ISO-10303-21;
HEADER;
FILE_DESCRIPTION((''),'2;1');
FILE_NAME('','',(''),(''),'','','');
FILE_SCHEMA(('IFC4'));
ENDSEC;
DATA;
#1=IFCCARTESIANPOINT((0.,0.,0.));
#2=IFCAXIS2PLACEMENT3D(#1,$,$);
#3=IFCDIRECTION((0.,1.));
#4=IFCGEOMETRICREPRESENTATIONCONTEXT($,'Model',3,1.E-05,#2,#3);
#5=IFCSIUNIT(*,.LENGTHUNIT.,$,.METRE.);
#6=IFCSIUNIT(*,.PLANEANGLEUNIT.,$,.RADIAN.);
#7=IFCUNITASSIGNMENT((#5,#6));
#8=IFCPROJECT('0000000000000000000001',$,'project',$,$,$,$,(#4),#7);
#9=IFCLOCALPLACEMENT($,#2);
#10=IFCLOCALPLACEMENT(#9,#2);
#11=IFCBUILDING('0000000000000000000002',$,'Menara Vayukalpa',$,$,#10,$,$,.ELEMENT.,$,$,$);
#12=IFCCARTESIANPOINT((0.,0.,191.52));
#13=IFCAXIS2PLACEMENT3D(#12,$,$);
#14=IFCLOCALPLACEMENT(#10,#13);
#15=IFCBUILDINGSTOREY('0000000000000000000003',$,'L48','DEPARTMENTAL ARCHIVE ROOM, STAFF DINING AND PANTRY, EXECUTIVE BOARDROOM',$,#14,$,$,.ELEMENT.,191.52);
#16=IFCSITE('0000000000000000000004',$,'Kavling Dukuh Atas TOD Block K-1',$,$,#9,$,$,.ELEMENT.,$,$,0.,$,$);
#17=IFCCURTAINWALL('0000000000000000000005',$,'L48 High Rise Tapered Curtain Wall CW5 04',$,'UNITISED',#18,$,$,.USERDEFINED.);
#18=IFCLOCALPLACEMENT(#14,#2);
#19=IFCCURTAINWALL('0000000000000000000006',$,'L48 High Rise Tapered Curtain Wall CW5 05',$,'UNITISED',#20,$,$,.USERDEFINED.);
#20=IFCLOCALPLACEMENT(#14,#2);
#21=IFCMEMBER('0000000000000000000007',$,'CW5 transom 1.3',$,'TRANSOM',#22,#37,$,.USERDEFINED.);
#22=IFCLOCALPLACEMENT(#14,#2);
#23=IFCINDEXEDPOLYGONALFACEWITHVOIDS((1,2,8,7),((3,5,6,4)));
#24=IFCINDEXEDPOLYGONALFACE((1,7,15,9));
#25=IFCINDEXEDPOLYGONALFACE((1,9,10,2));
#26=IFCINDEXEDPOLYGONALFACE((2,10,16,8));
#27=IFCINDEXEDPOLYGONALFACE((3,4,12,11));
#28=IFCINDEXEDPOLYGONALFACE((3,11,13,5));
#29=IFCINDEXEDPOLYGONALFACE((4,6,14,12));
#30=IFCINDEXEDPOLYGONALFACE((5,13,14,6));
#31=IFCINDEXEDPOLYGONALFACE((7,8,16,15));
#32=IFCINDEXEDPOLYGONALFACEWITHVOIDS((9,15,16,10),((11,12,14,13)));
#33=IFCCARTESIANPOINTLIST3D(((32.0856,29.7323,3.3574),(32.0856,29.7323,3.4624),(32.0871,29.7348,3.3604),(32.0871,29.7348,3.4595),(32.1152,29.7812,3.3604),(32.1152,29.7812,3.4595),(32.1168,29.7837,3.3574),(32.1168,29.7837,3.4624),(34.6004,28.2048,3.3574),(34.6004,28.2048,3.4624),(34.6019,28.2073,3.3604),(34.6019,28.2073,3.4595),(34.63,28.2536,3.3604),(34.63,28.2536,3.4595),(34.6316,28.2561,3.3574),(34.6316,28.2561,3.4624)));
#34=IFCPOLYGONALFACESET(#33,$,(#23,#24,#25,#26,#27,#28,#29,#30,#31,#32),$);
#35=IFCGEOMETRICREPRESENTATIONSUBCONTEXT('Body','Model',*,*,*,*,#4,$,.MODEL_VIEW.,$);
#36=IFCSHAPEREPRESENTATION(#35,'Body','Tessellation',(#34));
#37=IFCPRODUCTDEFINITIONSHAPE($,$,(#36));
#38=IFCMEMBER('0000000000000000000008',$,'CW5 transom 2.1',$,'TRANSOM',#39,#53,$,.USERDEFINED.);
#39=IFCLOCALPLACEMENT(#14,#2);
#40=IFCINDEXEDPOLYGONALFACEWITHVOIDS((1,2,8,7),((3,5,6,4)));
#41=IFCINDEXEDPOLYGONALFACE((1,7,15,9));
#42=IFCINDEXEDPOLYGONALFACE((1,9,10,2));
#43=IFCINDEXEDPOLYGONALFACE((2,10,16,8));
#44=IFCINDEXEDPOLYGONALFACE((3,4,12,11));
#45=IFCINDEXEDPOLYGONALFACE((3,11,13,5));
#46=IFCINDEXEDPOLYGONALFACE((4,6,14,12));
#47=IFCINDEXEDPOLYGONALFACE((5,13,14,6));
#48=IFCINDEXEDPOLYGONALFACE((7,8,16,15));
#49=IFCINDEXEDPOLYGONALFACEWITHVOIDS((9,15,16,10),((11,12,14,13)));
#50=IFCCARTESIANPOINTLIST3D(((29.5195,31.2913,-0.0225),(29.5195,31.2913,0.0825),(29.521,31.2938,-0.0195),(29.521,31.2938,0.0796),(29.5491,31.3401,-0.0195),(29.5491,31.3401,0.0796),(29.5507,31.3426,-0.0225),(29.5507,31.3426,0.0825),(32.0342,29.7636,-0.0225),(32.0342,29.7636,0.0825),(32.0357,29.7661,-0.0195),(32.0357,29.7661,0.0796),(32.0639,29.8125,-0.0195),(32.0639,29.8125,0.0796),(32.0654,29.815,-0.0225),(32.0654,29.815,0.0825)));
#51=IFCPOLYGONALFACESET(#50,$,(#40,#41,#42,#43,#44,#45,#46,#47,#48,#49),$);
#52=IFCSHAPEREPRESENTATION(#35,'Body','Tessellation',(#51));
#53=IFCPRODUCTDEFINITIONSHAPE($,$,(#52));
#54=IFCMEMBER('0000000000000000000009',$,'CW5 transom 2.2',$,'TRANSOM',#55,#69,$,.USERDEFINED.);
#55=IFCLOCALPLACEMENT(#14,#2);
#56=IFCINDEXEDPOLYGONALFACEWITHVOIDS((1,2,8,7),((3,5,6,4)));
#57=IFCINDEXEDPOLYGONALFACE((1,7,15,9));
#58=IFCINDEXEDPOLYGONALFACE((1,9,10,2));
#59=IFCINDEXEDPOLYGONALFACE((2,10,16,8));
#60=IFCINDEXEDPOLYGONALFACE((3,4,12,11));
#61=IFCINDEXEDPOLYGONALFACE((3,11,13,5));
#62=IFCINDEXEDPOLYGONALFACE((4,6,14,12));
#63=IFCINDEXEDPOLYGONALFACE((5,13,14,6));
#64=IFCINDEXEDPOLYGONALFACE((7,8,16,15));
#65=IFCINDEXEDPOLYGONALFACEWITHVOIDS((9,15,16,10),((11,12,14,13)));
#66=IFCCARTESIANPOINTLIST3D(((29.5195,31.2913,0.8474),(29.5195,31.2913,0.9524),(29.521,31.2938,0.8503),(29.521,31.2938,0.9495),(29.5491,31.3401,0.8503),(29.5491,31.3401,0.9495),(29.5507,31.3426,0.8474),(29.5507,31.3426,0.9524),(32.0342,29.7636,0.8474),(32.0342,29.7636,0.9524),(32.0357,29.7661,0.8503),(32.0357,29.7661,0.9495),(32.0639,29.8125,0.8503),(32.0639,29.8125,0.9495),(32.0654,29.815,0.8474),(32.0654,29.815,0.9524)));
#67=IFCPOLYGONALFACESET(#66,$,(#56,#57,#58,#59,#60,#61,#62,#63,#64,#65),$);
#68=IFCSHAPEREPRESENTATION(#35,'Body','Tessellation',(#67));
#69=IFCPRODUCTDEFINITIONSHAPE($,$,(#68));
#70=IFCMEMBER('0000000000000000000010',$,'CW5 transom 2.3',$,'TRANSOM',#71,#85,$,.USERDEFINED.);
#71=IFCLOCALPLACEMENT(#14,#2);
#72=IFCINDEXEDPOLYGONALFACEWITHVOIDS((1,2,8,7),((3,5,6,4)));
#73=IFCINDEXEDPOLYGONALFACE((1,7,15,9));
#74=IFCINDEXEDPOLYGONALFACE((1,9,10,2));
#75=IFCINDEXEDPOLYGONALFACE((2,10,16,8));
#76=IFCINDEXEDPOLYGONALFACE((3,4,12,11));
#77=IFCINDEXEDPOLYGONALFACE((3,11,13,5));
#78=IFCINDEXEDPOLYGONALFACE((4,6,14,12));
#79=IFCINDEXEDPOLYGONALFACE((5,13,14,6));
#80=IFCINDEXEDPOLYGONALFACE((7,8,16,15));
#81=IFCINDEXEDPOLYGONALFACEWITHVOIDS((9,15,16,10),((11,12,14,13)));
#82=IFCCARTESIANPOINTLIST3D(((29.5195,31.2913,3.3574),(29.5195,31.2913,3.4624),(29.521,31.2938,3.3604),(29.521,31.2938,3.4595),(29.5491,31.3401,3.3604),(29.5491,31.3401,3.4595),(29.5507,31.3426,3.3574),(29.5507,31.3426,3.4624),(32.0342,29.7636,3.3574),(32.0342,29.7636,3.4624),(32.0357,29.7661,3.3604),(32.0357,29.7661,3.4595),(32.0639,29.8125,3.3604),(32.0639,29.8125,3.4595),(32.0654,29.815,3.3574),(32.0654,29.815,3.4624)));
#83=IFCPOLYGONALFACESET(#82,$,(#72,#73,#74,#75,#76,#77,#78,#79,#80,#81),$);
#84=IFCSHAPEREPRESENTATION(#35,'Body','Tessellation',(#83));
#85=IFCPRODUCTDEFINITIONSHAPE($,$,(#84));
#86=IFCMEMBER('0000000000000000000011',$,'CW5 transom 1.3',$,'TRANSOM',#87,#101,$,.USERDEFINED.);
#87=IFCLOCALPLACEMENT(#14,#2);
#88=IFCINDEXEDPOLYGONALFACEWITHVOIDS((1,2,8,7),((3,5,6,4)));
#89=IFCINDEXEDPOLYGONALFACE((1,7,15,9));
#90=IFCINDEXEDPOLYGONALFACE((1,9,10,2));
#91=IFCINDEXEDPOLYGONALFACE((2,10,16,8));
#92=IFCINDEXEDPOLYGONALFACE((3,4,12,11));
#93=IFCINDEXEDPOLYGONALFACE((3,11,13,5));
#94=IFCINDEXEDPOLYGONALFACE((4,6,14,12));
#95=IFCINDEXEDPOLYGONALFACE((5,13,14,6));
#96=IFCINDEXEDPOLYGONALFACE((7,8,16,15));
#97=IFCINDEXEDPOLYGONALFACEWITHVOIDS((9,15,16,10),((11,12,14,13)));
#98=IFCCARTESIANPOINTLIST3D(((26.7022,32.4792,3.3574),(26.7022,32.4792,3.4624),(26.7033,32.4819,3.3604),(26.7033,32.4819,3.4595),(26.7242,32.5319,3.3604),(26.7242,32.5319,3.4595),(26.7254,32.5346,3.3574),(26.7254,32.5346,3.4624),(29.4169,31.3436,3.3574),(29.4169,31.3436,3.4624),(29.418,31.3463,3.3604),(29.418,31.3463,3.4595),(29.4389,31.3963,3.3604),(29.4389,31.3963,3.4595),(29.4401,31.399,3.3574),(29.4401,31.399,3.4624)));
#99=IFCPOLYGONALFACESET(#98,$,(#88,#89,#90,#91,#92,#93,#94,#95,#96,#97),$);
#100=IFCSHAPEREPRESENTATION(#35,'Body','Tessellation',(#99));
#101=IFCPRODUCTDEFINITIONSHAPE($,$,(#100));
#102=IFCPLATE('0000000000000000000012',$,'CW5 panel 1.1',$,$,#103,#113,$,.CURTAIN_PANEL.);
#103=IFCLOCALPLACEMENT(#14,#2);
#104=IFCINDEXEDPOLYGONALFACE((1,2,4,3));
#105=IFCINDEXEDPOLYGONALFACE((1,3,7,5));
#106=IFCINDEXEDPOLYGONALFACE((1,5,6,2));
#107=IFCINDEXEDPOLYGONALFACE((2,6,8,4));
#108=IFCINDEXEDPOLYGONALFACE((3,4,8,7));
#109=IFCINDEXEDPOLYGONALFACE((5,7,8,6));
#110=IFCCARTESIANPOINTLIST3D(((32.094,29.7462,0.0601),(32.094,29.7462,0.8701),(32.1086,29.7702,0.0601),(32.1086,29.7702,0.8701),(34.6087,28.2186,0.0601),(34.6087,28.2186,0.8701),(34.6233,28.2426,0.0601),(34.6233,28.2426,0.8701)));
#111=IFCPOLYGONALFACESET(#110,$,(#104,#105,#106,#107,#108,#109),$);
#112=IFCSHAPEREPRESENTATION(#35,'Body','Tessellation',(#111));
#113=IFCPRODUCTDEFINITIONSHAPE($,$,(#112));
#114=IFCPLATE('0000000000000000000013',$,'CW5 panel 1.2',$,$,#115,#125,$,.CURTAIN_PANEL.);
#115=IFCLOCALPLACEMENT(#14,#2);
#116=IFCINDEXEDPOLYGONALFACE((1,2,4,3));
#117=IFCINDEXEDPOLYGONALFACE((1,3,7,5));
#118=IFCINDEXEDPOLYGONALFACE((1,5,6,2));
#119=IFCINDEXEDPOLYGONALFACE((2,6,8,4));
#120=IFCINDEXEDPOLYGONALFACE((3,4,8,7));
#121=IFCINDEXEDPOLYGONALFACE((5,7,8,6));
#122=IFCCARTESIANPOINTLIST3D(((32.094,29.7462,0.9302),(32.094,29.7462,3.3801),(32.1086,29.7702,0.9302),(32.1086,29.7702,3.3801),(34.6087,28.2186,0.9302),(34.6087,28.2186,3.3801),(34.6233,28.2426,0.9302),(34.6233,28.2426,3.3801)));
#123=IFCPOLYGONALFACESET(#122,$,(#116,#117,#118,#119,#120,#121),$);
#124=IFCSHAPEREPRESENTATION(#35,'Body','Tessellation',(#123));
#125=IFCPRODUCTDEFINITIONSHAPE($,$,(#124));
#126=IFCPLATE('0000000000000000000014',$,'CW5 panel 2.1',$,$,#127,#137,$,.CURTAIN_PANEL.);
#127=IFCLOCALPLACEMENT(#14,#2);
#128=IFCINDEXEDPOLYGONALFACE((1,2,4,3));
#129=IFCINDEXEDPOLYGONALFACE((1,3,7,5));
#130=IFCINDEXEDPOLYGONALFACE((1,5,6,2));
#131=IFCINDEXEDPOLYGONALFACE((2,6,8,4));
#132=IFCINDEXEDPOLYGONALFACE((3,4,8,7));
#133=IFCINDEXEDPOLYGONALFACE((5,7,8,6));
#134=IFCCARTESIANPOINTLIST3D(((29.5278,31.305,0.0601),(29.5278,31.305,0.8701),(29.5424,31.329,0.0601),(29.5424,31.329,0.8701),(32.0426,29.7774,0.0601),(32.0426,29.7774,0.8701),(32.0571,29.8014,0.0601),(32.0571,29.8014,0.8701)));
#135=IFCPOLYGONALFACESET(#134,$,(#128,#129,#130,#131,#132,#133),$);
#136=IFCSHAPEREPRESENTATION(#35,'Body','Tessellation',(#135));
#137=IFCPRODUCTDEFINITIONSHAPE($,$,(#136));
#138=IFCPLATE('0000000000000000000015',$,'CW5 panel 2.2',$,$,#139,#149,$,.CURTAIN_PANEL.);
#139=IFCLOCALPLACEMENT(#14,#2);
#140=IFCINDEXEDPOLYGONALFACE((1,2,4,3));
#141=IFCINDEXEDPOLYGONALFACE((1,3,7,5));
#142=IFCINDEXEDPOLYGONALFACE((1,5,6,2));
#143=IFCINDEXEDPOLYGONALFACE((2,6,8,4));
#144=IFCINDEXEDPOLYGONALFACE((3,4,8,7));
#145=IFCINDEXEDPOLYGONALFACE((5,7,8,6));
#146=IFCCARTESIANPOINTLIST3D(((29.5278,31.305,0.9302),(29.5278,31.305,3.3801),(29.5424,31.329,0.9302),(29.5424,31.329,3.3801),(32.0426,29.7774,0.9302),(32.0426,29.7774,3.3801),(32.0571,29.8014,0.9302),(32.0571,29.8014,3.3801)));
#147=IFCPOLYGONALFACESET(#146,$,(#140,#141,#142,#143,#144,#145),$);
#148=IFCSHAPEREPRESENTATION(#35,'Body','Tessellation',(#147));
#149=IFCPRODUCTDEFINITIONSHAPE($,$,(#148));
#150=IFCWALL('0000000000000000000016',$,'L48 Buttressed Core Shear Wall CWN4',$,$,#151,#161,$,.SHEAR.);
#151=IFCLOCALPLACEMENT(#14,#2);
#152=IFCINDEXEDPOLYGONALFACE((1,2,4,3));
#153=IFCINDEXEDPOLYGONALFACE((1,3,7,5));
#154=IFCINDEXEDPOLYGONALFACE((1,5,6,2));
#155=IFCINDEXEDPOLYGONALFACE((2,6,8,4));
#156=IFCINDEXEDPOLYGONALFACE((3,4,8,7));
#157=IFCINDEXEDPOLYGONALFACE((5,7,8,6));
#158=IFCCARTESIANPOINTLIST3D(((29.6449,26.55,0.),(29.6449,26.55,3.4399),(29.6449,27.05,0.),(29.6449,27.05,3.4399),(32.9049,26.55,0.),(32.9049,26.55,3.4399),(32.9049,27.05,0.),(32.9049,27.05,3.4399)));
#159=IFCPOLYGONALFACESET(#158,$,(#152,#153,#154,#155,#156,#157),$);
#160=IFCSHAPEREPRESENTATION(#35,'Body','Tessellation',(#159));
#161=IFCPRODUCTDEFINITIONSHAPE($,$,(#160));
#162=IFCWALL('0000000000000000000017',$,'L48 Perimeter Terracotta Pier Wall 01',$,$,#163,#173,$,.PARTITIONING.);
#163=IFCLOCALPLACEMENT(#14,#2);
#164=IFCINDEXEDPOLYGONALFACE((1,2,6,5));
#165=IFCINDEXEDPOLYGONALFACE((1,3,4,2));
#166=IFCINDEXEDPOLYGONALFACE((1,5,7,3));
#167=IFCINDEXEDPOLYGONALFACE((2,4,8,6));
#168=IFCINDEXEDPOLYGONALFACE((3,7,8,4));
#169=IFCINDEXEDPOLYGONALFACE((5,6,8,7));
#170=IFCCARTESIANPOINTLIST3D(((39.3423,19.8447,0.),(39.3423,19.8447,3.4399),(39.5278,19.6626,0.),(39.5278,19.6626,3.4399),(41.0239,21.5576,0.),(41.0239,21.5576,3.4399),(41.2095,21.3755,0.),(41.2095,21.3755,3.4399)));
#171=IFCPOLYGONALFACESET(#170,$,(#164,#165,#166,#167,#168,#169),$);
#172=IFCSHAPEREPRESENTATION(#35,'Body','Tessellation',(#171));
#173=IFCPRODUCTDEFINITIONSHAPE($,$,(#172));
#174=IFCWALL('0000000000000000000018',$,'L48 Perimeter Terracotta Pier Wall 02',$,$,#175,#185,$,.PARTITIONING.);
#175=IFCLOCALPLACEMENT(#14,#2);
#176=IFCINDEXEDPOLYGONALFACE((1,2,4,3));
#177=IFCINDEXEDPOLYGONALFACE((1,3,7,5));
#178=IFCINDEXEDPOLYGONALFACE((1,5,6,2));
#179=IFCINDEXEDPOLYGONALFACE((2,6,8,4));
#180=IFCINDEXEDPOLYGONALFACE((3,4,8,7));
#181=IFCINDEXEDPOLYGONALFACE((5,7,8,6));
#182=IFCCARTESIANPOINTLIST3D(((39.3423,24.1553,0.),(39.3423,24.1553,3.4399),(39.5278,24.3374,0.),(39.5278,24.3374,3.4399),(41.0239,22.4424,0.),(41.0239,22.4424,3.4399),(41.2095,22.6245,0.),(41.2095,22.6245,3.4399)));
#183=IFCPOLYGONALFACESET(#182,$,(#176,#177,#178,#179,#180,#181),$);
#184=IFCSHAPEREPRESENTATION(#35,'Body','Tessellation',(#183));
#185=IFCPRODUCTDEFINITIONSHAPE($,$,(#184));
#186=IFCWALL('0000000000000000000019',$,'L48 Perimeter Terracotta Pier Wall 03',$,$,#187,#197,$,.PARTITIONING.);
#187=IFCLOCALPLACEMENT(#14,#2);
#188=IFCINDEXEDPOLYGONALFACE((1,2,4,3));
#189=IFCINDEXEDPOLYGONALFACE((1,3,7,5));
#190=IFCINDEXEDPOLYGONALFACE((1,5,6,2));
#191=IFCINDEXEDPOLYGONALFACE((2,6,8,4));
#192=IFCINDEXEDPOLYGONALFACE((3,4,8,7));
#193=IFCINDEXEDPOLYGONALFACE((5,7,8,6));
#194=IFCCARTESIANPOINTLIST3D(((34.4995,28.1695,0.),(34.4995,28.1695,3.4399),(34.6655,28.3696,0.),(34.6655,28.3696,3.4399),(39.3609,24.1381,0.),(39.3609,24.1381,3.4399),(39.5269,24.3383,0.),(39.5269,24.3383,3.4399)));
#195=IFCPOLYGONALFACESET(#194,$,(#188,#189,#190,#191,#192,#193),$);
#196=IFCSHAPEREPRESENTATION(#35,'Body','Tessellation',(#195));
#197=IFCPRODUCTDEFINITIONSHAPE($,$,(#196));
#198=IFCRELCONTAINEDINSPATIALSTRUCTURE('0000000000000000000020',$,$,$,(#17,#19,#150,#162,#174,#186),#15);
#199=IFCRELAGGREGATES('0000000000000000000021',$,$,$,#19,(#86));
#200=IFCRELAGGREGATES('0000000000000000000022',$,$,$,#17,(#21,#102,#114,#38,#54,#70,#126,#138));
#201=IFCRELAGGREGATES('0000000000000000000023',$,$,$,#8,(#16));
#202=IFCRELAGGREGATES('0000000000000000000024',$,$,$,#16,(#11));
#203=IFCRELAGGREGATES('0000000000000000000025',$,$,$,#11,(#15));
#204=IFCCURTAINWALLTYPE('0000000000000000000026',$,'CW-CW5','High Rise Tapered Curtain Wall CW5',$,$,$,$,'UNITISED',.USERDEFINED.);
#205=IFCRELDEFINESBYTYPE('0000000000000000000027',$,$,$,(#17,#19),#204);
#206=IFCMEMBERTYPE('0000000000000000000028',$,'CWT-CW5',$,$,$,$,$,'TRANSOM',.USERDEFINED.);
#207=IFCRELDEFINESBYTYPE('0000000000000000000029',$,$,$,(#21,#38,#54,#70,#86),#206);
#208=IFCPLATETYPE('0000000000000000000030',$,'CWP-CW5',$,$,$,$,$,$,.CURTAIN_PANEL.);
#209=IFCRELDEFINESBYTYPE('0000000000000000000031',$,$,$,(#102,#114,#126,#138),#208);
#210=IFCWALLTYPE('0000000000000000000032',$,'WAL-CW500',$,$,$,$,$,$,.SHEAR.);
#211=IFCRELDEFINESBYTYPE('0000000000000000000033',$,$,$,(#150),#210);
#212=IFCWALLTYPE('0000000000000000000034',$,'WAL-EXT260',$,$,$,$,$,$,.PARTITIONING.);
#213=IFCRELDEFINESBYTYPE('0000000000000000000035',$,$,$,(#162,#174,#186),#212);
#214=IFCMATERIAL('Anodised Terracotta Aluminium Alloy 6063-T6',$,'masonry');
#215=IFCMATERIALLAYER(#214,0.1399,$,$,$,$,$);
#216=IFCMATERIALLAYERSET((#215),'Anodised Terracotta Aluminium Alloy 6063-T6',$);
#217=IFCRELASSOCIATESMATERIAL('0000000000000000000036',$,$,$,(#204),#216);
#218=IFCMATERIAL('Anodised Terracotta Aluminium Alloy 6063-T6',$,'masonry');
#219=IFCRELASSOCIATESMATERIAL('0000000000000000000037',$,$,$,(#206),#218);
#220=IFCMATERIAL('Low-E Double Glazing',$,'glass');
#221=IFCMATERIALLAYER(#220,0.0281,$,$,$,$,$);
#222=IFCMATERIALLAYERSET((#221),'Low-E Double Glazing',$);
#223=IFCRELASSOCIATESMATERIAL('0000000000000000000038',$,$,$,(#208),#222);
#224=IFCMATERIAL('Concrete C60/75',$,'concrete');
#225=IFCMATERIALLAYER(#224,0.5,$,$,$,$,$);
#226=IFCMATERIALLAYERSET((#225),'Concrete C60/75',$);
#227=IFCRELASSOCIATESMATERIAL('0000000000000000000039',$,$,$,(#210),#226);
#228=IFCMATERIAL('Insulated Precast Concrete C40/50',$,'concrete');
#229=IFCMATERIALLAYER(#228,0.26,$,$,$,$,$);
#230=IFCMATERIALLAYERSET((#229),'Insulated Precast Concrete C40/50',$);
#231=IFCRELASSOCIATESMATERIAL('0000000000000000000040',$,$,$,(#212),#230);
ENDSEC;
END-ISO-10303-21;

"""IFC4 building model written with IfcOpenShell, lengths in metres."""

from ifc_helpers import new_model, si_unit, direction, frame, frame_2d, origin, origin_2d, place, context, subcontext, project, spatial, rectangle, hollow_rectangle, extrude, material, layer, layer_set, material_profile, profile_set, type_object, element, aggregate, save


model = new_model("IFC4")

# Units and contexts
model_context = context("Model", 3, precision=1e-05, world=origin(), true_north=direction((0.0, 1.0)))
body_context = subcontext(model_context, "Body", "Model", "MODEL_VIEW")
ifc_project = project(units=[si_unit("LENGTHUNIT", "METRE"), si_unit("PLANEANGLEUNIT", "RADIAN")], contexts=[model_context])

# Site, building, storey
site_placement = place(None, origin())
site = spatial("IfcSite", under=ifc_project, at=site_placement, Name="Kavling Dukuh Atas TOD Block K-1", CompositionType="ELEMENT", RefElevation=0.0)
building_placement = place(site_placement, origin())
building = spatial("IfcBuilding", under=site, at=building_placement, Name="Menara Vayukalpa", CompositionType="ELEMENT")
storey_placement = place(building_placement, frame((0.0, 0.0, 191.52)))
storey = spatial("IfcBuildingStorey", under=building, at=storey_placement, Name="L48", Description="DEPARTMENTAL ARCHIVE ROOM, STAFF DINING AND PANTRY, EXECUTIVE BOARDROOM", CompositionType="ELEMENT", Elevation=191.52)

# Curtain wall
ifc_material_1 = material(Name="Anodised Terracotta Aluminium Alloy 6063-T6", Category="masonry")
ifc_layer_1 = layer(ifc_material_1, 0.1399)
ifc_layer_set_1 = layer_set([ifc_layer_1], Name="Anodised Terracotta Aluminium Alloy 6063-T6")
curtain_wall_type = type_object("IfcCurtainWallType", Name="CW-CW5", Description="High Rise Tapered Curtain Wall CW5", ElementType="UNITISED", PredefinedType="USERDEFINED", material=ifc_layer_set_1)
curtain_wall_1_placement = place(storey_placement, origin())
curtain_wall_1 = element("IfcCurtainWall", 1, at=curtain_wall_1_placement, inside=storey, type_object=curtain_wall_type, Name="L48 High Rise Tapered Curtain Wall CW5 04", ObjectType="UNITISED", PredefinedType="USERDEFINED")

# Curtain wall
curtain_wall_2_placement = place(storey_placement, origin())
curtain_wall_2 = element("IfcCurtainWall", 2, at=curtain_wall_2_placement, inside=storey, type_object=curtain_wall_type, Name="L48 High Rise Tapered Curtain Wall CW5 05", ObjectType="UNITISED", PredefinedType="USERDEFINED")

# Members
ifc_material_2 = material(Name="Anodised Terracotta Aluminium Alloy 6063-T6", Category="masonry")
ifc_material_profile_1 = material_profile(ifc_material_2, hollow_rectangle(XDim=0.0601, YDim=0.105, WallThickness=0.0029, at=origin_2d()), Name="ALU 60x105x3")
ifc_profile_set_1 = profile_set([ifc_material_profile_1], Name="Anodised Terracotta Aluminium Alloy 6063-T6")
member_type_1 = type_object("IfcMemberType", Name="CWT-CW5", ElementType="TRANSOM", PredefinedType="USERDEFINED", material=ifc_profile_set_1)
member_1_placement = place(storey_placement, frame((34.616, 28.2305, 3.4099), z_axis=(-0.854684, 0.519149, 0.0), x_axis=(-0.519149, -0.854684, 0.0)))
member_1 = element("IfcMember", 3, at=member_1_placement, type_object=member_type_1, Name="CW5 transom 1.3", ObjectType="TRANSOM", PredefinedType="USERDEFINED", context=body_context, shape_type="SweptSolid", body=[
    extrude(hollow_rectangle(XDim=0.0601, YDim=0.105, WallThickness=0.0029, at=origin_2d()), origin(), (0.0, 0.0, 1.0), 2.9424),
])
member_2_placement = place(storey_placement, frame((32.0498, 29.7893, 0.03), z_axis=(-0.854661, 0.519186, 0.0), x_axis=(-0.519186, -0.854661, 0.0)))
member_2 = element("IfcMember", 4, at=member_2_placement, type_object=member_type_1, Name="CW5 transom 2.1", ObjectType="TRANSOM", PredefinedType="USERDEFINED", context=body_context, shape_type="SweptSolid", body=[
    extrude(hollow_rectangle(XDim=0.0601, YDim=0.105, WallThickness=0.0029, at=origin_2d()), origin(), (0.0, 0.0, 1.0), 2.9424),
])
member_3_placement = place(storey_placement, frame((32.0498, 29.7893, 0.8999), z_axis=(-0.854661, 0.519186, 0.0), x_axis=(-0.519186, -0.854661, 0.0)))
member_3 = element("IfcMember", 5, at=member_3_placement, type_object=member_type_1, Name="CW5 transom 2.2", ObjectType="TRANSOM", PredefinedType="USERDEFINED", context=body_context, shape_type="SweptSolid", body=[
    extrude(hollow_rectangle(XDim=0.0601, YDim=0.105, WallThickness=0.0029, at=origin_2d()), origin(), (0.0, 0.0, 1.0), 2.9424),
])
member_4_placement = place(storey_placement, frame((32.0498, 29.7893, 3.4099), z_axis=(-0.854661, 0.519186, 0.0), x_axis=(-0.519186, -0.854661, 0.0)))
member_4 = element("IfcMember", 6, at=member_4_placement, type_object=member_type_1, Name="CW5 transom 2.3", ObjectType="TRANSOM", PredefinedType="USERDEFINED", context=body_context, shape_type="SweptSolid", body=[
    extrude(hollow_rectangle(XDim=0.0601, YDim=0.105, WallThickness=0.0029, at=origin_2d()), origin(), (0.0, 0.0, 1.0), 2.9424),
])
member_5_placement = place(storey_placement, frame((29.4285, 31.3713, 3.4099), z_axis=(-0.922543, 0.385893, 0.0), x_axis=(-0.385893, -0.922543, 0.0)))
member_5 = element("IfcMember", 7, at=member_5_placement, type_object=member_type_1, Name="CW5 transom 1.3", ObjectType="TRANSOM", PredefinedType="USERDEFINED", context=body_context, shape_type="SweptSolid", body=[
    extrude(hollow_rectangle(XDim=0.0601, YDim=0.105, WallThickness=0.0029, at=origin_2d()), origin(), (0.0, 0.0, 1.0), 2.9426),
])
aggregate(curtain_wall_2, [member_5])

# Plates
ifc_material_3 = material(Name="Low-E Double Glazing", Category="glass")
ifc_layer_2 = layer(ifc_material_3, 0.0281)
ifc_layer_set_2 = layer_set([ifc_layer_2], Name="Low-E Double Glazing")
plate_type = type_object("IfcPlateType", Name="CWP-CW5", PredefinedType="CURTAIN_PANEL", material=ifc_layer_set_2)
plate_1_placement = place(storey_placement, frame((33.3586, 28.9944, 0.0601), z_axis=(0.0, 0.0, 1.0), x_axis=(-0.854665, 0.51918, 0.0)))
plate_1 = element("IfcPlate", 8, at=plate_1_placement, type_object=plate_type, Name="CW5 panel 1.1", PredefinedType="CURTAIN_PANEL", context=body_context, shape_type="SweptSolid", body=[
    extrude(rectangle(XDim=2.9424, YDim=0.0281, at=origin_2d()), origin(), (0.0, 0.0, 1.0), 0.8101),
])
plate_2_placement = place(storey_placement, frame((33.3586, 28.9944, 0.9302), z_axis=(0.0, 0.0, 1.0), x_axis=(-0.854665, 0.51918, 0.0)))
plate_2 = element("IfcPlate", 9, at=plate_2_placement, type_object=plate_type, Name="CW5 panel 1.2", PredefinedType="CURTAIN_PANEL", context=body_context, shape_type="SweptSolid", body=[
    extrude(rectangle(XDim=2.9424, YDim=0.0281, at=origin_2d()), origin(), (0.0, 0.0, 1.0), 2.45),
])
plate_3_placement = place(storey_placement, frame((30.7925, 30.5532, 0.0601), z_axis=(0.0, 0.0, 1.0), x_axis=(-0.854665, 0.51918, 0.0)))
plate_3 = element("IfcPlate", 10, at=plate_3_placement, type_object=plate_type, Name="CW5 panel 2.1", PredefinedType="CURTAIN_PANEL", context=body_context, shape_type="SweptSolid", body=[
    extrude(rectangle(XDim=2.9424, YDim=0.0281, at=origin_2d()), origin(), (0.0, 0.0, 1.0), 0.8101),
])
plate_4_placement = place(storey_placement, frame((30.7925, 30.5532, 0.9302), z_axis=(0.0, 0.0, 1.0), x_axis=(-0.854665, 0.51918, 0.0)))
plate_4 = element("IfcPlate", 11, at=plate_4_placement, type_object=plate_type, Name="CW5 panel 2.2", PredefinedType="CURTAIN_PANEL", context=body_context, shape_type="SweptSolid", body=[
    extrude(rectangle(XDim=2.9424, YDim=0.0281, at=origin_2d()), origin(), (0.0, 0.0, 1.0), 2.45),
])
aggregate(curtain_wall_1, [member_1, plate_1, plate_2, member_2, member_3, member_4, plate_3, plate_4])

# Walls
ifc_material_4 = material(Name="Concrete C60/75", Category="concrete")
ifc_layer_3 = layer(ifc_material_4, 0.5)
ifc_layer_set_3 = layer_set([ifc_layer_3], Name="Concrete C60/75")
wall_type_1 = type_object("IfcWallType", Name="WAL-CW500", PredefinedType="SHEAR", material=ifc_layer_set_3)
wall_1_placement = place(storey_placement, frame((29.645, 26.8, 0.0), z_axis=(0.0, 0.0, 1.0), x_axis=(1.0, 0.0, 0.0)))
element("IfcWall", 12, at=wall_1_placement, inside=storey, type_object=wall_type_1, Name="L48 Buttressed Core Shear Wall CWN4", PredefinedType="SHEAR", context=body_context, shape_type="SweptSolid", body=[
    extrude(rectangle(XDim=3.26, YDim=0.5, at=frame_2d((1.6299, 0.0))), origin(), (0.0, 0.0, 1.0), 3.4399),
])
ifc_material_5 = material(Name="Insulated Precast Concrete C40/50", Category="concrete")
ifc_layer_4 = layer(ifc_material_5, 0.26)
ifc_layer_set_4 = layer_set([ifc_layer_4], Name="Insulated Precast Concrete C40/50")
wall_type_2 = type_object("IfcWallType", Name="WAL-EXT260", PredefinedType="PARTITIONING", material=ifc_layer_set_4)
for number, where, z_axis, x_axis, name in (
    (13, (41.1167, 21.4666, 0.0), (0.0, 0.0, 1.0), (-0.700567, -0.713586, 0.0), "L48 Perimeter Terracotta Pier Wall 01"),
    (14, (39.4351, 24.2463, 0.0), (0.0, 0.0, 1.0), (0.700567, -0.713586, 0.0), "L48 Perimeter Terracotta Pier Wall 02"),
):
    element("IfcWall", number, at=place(storey_placement, frame(where, z_axis=z_axis, x_axis=x_axis)), inside=storey, type_object=wall_type_2, Name=name, PredefinedType="PARTITIONING", context=body_context, shape_type="SweptSolid", body=[
        extrude(rectangle(XDim=2.4004, YDim=0.26, at=frame_2d((1.2002, 0.0))), origin(), (0.0, 0.0, 1.0), 3.4399),
    ])
wall_2_placement = place(storey_placement, frame((34.5825, 28.2695, 0.0), z_axis=(0.0, 0.0, 1.0), x_axis=(0.769765, -0.638327, 0.0)))
element("IfcWall", 15, at=wall_2_placement, inside=storey, type_object=wall_type_2, Name="L48 Perimeter Terracotta Pier Wall 03", PredefinedType="PARTITIONING", context=body_context, shape_type="SweptSolid", body=[
    extrude(rectangle(XDim=6.3154, YDim=0.26, at=frame_2d((3.1577, 0.0))), origin(), (0.0, 0.0, 1.0), 3.4399),
])

save(model, "model.ifc")
